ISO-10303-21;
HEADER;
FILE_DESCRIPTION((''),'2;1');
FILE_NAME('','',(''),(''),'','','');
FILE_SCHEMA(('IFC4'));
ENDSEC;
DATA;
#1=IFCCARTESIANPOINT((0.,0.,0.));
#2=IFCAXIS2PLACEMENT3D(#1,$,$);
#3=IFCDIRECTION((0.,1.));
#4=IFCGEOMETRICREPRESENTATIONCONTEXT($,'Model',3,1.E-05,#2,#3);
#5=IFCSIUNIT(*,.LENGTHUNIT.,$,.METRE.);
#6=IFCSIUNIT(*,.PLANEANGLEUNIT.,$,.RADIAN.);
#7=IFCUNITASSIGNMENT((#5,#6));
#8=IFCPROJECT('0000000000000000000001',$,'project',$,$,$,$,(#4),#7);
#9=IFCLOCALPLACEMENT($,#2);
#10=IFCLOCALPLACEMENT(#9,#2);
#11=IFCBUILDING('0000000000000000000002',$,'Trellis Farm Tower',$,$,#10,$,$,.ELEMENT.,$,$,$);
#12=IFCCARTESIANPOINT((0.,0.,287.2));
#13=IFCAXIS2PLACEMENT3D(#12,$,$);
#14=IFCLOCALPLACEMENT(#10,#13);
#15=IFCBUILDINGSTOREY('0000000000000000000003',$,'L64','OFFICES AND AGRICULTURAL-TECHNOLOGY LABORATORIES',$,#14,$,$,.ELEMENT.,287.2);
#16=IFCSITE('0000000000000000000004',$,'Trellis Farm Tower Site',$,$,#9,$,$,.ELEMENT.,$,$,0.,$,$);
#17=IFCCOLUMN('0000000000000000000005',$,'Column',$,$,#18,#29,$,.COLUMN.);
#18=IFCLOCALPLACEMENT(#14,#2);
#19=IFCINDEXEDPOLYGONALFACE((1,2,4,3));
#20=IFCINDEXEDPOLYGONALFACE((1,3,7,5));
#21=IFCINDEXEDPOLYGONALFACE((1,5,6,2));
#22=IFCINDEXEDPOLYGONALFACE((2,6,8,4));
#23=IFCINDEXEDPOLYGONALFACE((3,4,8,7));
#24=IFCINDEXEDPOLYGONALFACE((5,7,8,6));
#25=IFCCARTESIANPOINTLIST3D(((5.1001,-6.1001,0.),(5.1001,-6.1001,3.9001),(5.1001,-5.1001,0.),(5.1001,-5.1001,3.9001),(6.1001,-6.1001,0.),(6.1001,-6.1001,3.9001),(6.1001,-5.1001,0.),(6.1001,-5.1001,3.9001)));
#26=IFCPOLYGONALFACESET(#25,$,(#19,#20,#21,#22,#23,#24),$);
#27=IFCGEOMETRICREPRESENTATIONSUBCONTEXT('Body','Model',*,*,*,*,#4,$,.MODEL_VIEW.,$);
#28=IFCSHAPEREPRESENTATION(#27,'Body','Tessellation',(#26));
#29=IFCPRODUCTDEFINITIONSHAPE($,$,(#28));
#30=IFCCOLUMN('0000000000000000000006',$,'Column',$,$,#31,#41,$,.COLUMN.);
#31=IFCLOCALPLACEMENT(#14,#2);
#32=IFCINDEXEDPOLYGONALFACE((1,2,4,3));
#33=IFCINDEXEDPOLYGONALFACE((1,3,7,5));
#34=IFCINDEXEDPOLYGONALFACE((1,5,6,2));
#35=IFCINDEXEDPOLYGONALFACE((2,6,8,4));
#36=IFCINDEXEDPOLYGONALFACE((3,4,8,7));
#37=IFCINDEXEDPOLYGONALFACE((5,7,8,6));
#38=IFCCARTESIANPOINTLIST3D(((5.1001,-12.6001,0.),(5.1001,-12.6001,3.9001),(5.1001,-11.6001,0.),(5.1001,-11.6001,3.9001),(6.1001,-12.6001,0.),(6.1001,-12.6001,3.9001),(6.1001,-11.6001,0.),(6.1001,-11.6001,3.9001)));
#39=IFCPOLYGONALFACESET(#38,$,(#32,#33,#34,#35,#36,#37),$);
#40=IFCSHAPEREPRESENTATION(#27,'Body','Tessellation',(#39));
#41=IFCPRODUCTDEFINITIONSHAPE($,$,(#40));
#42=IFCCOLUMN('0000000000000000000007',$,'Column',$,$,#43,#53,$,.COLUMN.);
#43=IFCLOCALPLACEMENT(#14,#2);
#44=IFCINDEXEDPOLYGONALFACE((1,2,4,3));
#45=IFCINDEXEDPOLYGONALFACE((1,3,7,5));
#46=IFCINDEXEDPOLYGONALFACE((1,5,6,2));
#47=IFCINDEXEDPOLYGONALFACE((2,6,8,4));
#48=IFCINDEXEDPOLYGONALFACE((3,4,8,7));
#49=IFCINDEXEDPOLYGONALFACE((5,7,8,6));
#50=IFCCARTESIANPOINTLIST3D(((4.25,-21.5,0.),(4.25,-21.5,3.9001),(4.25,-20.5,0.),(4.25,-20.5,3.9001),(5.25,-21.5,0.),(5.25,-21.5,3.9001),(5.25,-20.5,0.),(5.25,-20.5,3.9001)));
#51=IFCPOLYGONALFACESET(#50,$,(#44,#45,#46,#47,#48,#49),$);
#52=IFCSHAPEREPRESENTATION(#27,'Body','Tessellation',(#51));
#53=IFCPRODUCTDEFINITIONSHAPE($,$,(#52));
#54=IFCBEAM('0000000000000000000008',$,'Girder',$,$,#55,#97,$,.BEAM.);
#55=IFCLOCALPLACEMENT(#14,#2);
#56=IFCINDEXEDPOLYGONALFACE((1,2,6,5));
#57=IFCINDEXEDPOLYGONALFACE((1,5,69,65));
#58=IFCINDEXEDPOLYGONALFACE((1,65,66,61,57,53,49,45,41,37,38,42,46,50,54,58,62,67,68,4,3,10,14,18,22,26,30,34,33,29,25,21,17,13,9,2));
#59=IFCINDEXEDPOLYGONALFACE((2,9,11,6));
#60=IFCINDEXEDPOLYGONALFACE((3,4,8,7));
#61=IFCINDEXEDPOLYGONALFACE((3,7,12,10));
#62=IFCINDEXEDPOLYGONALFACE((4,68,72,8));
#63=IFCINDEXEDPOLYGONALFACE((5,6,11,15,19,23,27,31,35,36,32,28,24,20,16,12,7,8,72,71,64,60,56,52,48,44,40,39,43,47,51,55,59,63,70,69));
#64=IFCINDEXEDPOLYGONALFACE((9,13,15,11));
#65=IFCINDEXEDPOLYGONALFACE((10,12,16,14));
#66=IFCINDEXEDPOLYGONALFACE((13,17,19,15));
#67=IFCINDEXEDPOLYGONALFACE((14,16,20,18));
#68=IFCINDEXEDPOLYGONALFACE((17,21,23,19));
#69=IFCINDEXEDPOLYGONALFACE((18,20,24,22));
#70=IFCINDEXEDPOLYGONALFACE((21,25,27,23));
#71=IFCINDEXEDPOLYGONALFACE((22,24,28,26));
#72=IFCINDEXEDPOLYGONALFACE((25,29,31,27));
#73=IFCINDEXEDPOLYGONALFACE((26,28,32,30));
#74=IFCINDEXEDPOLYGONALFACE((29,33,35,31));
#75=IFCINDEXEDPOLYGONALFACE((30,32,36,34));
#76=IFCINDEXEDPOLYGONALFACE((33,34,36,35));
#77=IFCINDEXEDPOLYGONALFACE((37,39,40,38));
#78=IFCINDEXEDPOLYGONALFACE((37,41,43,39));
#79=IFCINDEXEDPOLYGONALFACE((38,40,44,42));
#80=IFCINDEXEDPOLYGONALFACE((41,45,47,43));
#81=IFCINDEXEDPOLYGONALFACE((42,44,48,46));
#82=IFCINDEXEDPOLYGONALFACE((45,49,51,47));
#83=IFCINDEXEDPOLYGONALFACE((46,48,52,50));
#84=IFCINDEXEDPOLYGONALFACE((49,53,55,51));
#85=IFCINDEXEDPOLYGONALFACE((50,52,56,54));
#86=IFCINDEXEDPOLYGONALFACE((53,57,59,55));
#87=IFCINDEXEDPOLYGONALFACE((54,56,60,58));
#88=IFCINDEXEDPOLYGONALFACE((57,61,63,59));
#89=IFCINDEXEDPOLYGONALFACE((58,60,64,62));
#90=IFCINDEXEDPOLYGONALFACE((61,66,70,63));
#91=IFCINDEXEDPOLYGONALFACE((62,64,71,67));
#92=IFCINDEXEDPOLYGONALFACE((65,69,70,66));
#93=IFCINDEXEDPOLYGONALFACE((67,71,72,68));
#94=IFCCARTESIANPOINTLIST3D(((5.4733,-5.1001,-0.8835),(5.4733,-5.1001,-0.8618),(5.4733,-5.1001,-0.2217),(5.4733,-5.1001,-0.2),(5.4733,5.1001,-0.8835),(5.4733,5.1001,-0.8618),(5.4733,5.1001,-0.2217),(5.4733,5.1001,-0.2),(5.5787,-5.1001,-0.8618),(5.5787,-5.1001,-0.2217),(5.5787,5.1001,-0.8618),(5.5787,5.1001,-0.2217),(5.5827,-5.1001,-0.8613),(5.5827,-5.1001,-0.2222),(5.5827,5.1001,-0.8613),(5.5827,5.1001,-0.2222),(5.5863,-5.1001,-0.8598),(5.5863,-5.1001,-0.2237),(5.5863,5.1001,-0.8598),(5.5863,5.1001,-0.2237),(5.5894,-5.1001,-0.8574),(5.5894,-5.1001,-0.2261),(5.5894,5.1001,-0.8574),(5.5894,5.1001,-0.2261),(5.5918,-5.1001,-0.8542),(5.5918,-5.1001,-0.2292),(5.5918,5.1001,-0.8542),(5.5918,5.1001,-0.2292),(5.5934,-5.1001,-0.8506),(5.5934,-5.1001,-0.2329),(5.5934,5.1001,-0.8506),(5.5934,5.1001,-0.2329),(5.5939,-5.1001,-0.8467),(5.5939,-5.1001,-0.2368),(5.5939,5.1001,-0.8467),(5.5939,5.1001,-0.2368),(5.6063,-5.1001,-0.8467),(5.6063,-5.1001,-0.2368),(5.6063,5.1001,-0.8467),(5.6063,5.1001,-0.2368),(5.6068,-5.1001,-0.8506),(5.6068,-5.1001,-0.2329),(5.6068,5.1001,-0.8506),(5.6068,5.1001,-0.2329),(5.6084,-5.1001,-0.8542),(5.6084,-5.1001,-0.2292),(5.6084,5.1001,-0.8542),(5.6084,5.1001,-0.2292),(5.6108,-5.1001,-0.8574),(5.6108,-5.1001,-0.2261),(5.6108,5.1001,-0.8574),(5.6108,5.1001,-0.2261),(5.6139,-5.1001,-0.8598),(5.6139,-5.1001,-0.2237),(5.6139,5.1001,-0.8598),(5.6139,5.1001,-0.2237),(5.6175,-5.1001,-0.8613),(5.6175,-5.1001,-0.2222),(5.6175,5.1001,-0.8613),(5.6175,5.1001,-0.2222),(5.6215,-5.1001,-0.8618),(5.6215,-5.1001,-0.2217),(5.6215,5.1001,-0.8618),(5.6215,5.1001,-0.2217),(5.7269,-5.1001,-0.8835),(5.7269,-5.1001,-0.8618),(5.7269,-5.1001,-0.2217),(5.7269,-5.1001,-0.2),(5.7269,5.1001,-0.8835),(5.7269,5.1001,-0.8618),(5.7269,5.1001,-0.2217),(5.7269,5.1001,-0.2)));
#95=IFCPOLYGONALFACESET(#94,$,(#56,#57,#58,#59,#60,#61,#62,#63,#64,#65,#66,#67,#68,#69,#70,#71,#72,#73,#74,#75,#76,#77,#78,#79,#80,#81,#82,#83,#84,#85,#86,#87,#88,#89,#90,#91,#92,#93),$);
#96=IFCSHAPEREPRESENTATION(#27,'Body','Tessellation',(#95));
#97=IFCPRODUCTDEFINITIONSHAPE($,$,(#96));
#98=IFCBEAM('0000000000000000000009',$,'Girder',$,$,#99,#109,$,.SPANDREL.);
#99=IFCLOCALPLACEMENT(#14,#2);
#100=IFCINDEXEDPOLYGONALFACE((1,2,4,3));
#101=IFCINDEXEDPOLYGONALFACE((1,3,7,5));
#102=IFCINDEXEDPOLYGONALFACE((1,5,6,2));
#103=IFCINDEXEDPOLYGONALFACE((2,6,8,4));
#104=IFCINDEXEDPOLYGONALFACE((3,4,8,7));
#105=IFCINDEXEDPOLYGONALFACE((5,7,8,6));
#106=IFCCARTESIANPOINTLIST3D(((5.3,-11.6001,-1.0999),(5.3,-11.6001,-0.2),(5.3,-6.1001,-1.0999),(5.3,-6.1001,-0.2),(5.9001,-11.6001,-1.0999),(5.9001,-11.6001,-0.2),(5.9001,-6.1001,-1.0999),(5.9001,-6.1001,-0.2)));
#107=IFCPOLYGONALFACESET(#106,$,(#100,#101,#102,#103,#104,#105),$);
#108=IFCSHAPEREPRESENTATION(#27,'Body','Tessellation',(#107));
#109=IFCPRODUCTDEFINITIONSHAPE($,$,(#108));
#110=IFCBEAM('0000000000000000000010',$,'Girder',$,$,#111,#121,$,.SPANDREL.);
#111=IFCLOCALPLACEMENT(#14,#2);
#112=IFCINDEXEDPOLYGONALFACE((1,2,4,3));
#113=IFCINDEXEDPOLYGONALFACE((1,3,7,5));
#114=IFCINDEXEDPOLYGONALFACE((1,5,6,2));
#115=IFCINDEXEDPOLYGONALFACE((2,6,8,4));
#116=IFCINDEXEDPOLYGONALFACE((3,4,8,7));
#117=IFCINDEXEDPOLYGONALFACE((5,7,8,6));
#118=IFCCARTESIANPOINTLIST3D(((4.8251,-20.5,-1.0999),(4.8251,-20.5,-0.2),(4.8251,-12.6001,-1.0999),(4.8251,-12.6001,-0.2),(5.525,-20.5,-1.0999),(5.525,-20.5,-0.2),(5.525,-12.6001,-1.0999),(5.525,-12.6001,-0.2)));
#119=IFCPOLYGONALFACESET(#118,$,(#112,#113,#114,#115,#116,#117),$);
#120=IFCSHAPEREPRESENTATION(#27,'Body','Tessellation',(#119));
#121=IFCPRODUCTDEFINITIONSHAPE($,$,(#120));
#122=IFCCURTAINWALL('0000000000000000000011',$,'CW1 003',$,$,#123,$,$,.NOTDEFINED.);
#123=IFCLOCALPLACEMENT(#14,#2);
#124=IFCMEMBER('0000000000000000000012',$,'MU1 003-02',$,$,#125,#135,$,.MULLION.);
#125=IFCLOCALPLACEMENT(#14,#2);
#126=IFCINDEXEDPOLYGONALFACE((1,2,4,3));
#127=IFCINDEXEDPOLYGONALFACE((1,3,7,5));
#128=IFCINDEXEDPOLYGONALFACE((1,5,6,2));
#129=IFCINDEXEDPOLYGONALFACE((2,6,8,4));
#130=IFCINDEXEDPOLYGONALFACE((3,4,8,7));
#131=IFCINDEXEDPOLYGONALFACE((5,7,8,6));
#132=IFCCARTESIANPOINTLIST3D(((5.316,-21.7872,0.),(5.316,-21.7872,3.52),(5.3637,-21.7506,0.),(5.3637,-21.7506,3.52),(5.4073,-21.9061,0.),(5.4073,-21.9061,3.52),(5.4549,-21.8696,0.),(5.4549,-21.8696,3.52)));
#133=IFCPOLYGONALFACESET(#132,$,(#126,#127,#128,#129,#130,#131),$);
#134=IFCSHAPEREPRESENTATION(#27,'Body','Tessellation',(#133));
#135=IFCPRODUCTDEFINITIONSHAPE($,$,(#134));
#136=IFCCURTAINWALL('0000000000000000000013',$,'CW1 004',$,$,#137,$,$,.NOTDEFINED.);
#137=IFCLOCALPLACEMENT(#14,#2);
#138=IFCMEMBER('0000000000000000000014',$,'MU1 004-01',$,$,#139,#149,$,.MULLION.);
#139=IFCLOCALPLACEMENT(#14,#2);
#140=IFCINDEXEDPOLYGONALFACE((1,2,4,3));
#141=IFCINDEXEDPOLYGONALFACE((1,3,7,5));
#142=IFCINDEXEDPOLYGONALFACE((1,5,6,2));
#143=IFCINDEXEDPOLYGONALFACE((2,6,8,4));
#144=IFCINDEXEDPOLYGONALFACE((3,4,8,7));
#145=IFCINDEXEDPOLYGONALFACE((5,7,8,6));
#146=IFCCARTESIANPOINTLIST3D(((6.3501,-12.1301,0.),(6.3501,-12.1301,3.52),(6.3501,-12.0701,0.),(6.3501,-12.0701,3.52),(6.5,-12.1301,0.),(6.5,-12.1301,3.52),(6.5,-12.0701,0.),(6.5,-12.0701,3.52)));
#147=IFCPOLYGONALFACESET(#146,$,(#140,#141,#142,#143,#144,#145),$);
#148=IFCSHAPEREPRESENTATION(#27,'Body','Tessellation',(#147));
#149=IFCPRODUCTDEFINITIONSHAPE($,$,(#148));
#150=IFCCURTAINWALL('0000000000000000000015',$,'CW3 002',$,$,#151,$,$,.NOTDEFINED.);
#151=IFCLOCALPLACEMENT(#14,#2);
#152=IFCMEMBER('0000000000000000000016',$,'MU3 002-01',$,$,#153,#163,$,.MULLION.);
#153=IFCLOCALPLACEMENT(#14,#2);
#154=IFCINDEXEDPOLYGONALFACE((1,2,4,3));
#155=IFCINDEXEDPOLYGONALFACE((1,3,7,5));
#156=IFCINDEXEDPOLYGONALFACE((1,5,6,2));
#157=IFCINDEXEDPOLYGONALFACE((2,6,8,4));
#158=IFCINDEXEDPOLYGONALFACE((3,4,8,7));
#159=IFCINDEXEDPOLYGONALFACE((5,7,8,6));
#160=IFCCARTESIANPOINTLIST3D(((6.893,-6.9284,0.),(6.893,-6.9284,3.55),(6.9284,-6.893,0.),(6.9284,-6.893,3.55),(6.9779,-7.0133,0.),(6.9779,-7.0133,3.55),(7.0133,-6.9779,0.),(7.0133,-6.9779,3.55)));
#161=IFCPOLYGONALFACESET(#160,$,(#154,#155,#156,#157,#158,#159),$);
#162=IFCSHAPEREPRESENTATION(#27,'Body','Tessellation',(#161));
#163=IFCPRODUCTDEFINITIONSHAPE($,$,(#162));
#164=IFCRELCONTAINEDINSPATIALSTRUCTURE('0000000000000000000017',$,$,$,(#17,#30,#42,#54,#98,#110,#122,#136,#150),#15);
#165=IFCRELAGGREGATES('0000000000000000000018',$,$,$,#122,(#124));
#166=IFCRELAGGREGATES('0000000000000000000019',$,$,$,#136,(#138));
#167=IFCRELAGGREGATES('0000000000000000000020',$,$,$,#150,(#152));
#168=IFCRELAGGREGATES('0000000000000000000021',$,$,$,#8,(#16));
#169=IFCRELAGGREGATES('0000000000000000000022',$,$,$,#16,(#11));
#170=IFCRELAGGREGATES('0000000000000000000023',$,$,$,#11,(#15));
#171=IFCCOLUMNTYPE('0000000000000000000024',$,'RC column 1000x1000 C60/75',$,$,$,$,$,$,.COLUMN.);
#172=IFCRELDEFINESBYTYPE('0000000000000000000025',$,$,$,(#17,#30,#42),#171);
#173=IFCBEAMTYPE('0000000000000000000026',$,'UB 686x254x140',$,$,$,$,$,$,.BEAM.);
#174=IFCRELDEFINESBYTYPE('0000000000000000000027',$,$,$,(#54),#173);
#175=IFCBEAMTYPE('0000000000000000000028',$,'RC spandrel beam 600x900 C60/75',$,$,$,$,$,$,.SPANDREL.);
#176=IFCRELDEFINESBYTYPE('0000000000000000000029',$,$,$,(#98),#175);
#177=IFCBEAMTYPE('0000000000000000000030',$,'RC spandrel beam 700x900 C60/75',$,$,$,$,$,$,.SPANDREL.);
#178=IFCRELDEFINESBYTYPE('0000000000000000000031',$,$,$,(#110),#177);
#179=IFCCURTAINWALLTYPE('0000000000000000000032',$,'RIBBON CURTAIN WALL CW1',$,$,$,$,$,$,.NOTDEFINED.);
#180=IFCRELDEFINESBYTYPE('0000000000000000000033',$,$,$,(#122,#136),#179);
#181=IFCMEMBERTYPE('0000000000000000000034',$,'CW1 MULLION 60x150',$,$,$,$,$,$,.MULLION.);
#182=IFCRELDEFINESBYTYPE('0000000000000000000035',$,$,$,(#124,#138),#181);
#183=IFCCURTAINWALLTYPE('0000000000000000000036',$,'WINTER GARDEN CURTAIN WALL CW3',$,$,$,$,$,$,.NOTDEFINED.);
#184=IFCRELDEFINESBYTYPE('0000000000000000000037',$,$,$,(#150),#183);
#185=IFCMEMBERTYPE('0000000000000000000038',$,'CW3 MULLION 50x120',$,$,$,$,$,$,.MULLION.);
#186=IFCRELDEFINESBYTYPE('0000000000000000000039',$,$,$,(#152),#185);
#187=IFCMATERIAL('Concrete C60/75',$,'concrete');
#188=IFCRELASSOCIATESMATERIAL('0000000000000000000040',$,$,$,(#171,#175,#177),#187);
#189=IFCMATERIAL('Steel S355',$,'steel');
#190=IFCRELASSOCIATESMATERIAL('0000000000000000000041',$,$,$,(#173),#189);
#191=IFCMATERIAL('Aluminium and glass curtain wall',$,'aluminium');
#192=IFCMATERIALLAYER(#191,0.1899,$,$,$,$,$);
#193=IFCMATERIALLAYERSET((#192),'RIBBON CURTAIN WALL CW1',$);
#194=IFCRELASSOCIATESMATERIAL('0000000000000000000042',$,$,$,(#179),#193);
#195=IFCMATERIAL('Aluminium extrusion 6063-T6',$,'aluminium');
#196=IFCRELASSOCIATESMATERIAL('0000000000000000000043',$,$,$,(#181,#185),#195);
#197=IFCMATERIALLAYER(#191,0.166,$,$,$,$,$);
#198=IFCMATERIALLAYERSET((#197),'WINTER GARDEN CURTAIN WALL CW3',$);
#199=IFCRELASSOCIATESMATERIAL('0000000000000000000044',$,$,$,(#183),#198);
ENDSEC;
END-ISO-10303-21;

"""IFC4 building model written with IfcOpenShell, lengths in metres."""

from ifc_helpers import new_model, si_unit, direction, frame, origin, origin_2d, place, context, subcontext, project, spatial, rectangle, i_section, extrude, source, transform, mapped, material, layer, layer_set, material_profile, profile_set, type_object, element, aggregate, save


model = new_model("IFC4")

# Units and contexts
model_context = context("Model", 3, precision=1e-05, world=origin(), true_north=direction((0.0, 1.0)))
body_context = subcontext(model_context, "Body", "Model", "MODEL_VIEW")
ifc_project = project(units=[si_unit("LENGTHUNIT", "METRE"), si_unit("PLANEANGLEUNIT", "RADIAN")], contexts=[model_context])

# Site, building, storey
site_placement = place(None, origin())
site = spatial("IfcSite", under=ifc_project, at=site_placement, Name="Trellis Farm Tower Site", CompositionType="ELEMENT", RefElevation=0.0)
building_placement = place(site_placement, origin())
building = spatial("IfcBuilding", under=site, at=building_placement, Name="Trellis Farm Tower", CompositionType="ELEMENT")
storey_placement = place(building_placement, frame((0.0, 0.0, 287.2)))
storey = spatial("IfcBuildingStorey", under=building, at=storey_placement, Name="L64", Description="OFFICES AND AGRICULTURAL-TECHNOLOGY LABORATORIES", CompositionType="ELEMENT", Elevation=287.2)

# Columns
ifc_material_1 = material(Name="Concrete C60/75", Category="concrete")
ifc_material_profile_1 = material_profile(ifc_material_1, rectangle(XDim=1.0, YDim=1.0, at=origin_2d()), Name="RC column 1000x1000 C60/75")
ifc_profile_set_1 = profile_set([ifc_material_profile_1], Name="Concrete C60/75")
column_type = type_object("IfcColumnType", Name="RC column 1000x1000 C60/75", PredefinedType="COLUMN", material=ifc_profile_set_1)
shared_shape_1 = source(origin(), body_context, "Body", "SweptSolid", [
    extrude(rectangle(XDim=1.0, YDim=1.0, at=origin_2d()), origin(), (0.0, 0.0, 1.0), 3.9001),
])
for number, where, z_axis, x_axis, name in (
    (1, (5.6001, -5.6001, 0.0), (0.0, 0.0, 1.0), (1.0, 0.0, 0.0), "Column"),
    (2, (5.6001, -12.1001, 0.0), (0.0, 0.0, 1.0), (1.0, 0.0, 0.0), "Column"),
    (3, (4.75, -21.0, 0.0), (0.0, 0.0, 1.0), (1.0, 0.0, 0.0), "Column"),
):
    element("IfcColumn", number, at=place(storey_placement, frame(where, z_axis=z_axis, x_axis=x_axis)), inside=storey, type_object=column_type, Name=name, PredefinedType="COLUMN", context=body_context, shape_type="MappedRepresentation", body=[
        mapped(shared_shape_1, transform((0.0, 0.0, 0.0))),
    ])

# Beams
ifc_material_2 = material(Name="Steel S355", Category="steel")
ifc_material_profile_2 = material_profile(ifc_material_2, i_section(OverallWidth=0.2537, OverallDepth=0.6836, WebThickness=0.0125, FlangeThickness=0.0217, FilletRadius=0.0151, at=origin_2d()), Name="UB 686x254x140")
ifc_profile_set_2 = profile_set([ifc_material_profile_2], Name="Steel S355")
beam_type_1 = type_object("IfcBeamType", Name="UB 686x254x140", PredefinedType="BEAM", material=ifc_profile_set_2)
shared_shape_2 = source(origin(), body_context, "Body", "SweptSolid", [
    extrude(i_section(OverallWidth=0.2537, OverallDepth=0.6836, WebThickness=0.0125, FlangeThickness=0.0217, FilletRadius=0.0151, at=origin_2d()), origin(), (0.0, 0.0, 1.0), 10.2002),
])
beam_1_placement = place(storey_placement, frame((5.6001, -5.1001, -0.5417), z_axis=(0.0, 1.0, 0.0), x_axis=(-1.0, 0.0, 0.0)))
element("IfcBeam", 4, at=beam_1_placement, inside=storey, type_object=beam_type_1, Name="Girder", PredefinedType="BEAM", context=body_context, shape_type="MappedRepresentation", body=[
    mapped(shared_shape_2, transform((0.0, 0.0, 0.0))),
])
ifc_material_profile_3 = material_profile(ifc_material_1, rectangle(XDim=0.6001, YDim=0.8999, at=origin_2d()), Name="RC spandrel beam 600x900 C60/75")
ifc_profile_set_3 = profile_set([ifc_material_profile_3], Name="Concrete C60/75")
beam_type_2 = type_object("IfcBeamType", Name="RC spandrel beam 600x900 C60/75", PredefinedType="SPANDREL", material=ifc_profile_set_3)
shared_shape_3 = source(origin(), body_context, "Body", "SweptSolid", [
    extrude(rectangle(XDim=0.6001, YDim=0.8999, at=origin_2d()), origin(), (0.0, 0.0, 1.0), 5.5),
])
beam_2_placement = place(storey_placement, frame((5.6001, -11.6001, -0.6499), z_axis=(0.0, 1.0, 0.0), x_axis=(-1.0, 0.0, 0.0)))
element("IfcBeam", 5, at=beam_2_placement, inside=storey, type_object=beam_type_2, Name="Girder", PredefinedType="SPANDREL", context=body_context, shape_type="MappedRepresentation", body=[
    mapped(shared_shape_3, transform((0.0, 0.0, 0.0))),
])
ifc_material_profile_4 = material_profile(ifc_material_1, rectangle(XDim=0.7, YDim=0.8999, at=origin_2d()), Name="RC spandrel beam 700x900 C60/75")
ifc_profile_set_4 = profile_set([ifc_material_profile_4], Name="Concrete C60/75")
beam_type_3 = type_object("IfcBeamType", Name="RC spandrel beam 700x900 C60/75", PredefinedType="SPANDREL", material=ifc_profile_set_4)
shared_shape_4 = source(origin(), body_context, "Body", "SweptSolid", [
    extrude(rectangle(XDim=0.7, YDim=0.8999, at=origin_2d()), origin(), (0.0, 0.0, 1.0), 7.8999),
])
beam_3_placement = place(storey_placement, frame((5.175, -20.5, -0.6499), z_axis=(0.0, 1.0, 0.0), x_axis=(-1.0, 0.0, 0.0)))
element("IfcBeam", 6, at=beam_3_placement, inside=storey, type_object=beam_type_3, Name="Girder", PredefinedType="SPANDREL", context=body_context, shape_type="MappedRepresentation", body=[
    mapped(shared_shape_4, transform((0.0, 0.0, 0.0))),
])

# Curtain walls, members
ifc_material_3 = material(Name="Aluminium and glass curtain wall", Category="aluminium")
ifc_layer_1 = layer(ifc_material_3, 0.1899)
ifc_layer_set_1 = layer_set([ifc_layer_1], Name="RIBBON CURTAIN WALL CW1")
curtain_wall_type_1 = type_object("IfcCurtainWallType", Name="RIBBON CURTAIN WALL CW1", PredefinedType="NOTDEFINED", material=ifc_layer_set_1)
placement = place(storey_placement, origin())
curtain_wall_1 = element("IfcCurtainWall", 7, at=placement, inside=storey, type_object=curtain_wall_type_1, Name="CW1 003", PredefinedType="NOTDEFINED")
ifc_material_4 = material(Name="Aluminium extrusion 6063-T6", Category="aluminium")
ifc_material_profile_5 = material_profile(ifc_material_4, rectangle(XDim=0.0601, YDim=0.1499, at=origin_2d()), Name="MULLION 60x150")
ifc_profile_set_5 = profile_set([ifc_material_profile_5], Name="Aluminium extrusion 6063-T6")
member_type_1 = type_object("IfcMemberType", Name="CW1 MULLION 60x150", PredefinedType="MULLION", material=ifc_profile_set_5)
shared_shape_5 = source(origin(), body_context, "Body", "SweptSolid", [
    extrude(rectangle(XDim=0.0601, YDim=0.1499, at=origin_2d()), origin(), (0.0, 0.0, 1.0), 3.52),
])
member_1_placement = place(storey_placement, frame((5.3855, -21.8284, 0.0), z_axis=(0.0, 0.0, 1.0), x_axis=(0.793353, 0.608761, 0.0)))
member_1 = element("IfcMember", 8, at=member_1_placement, type_object=member_type_1, Name="MU1 003-02", PredefinedType="MULLION", context=body_context, shape_type="MappedRepresentation", body=[
    mapped(shared_shape_5, transform((0.0, 0.0, 0.0))),
])
aggregate(curtain_wall_1, [member_1])
curtain_wall_2 = element("IfcCurtainWall", 9, at=placement, inside=storey, type_object=curtain_wall_type_1, Name="CW1 004", PredefinedType="NOTDEFINED")
member_2_placement = place(storey_placement, frame((6.425, -12.1001, 0.0), z_axis=(0.0, 0.0, 1.0), x_axis=(0.0, 1.0, 0.0)))
member_2 = element("IfcMember", 10, at=member_2_placement, type_object=member_type_1, Name="MU1 004-01", PredefinedType="MULLION", context=body_context, shape_type="MappedRepresentation", body=[
    mapped(shared_shape_5, transform((0.0, 0.0, 0.0))),
])
aggregate(curtain_wall_2, [member_2])
ifc_layer_2 = layer(ifc_material_3, 0.166)
ifc_layer_set_2 = layer_set([ifc_layer_2], Name="WINTER GARDEN CURTAIN WALL CW3")
curtain_wall_type_2 = type_object("IfcCurtainWallType", Name="WINTER GARDEN CURTAIN WALL CW3", PredefinedType="NOTDEFINED", material=ifc_layer_set_2)
curtain_wall_3 = element("IfcCurtainWall", 11, at=placement, inside=storey, type_object=curtain_wall_type_2, Name="CW3 002", PredefinedType="NOTDEFINED")
ifc_material_profile_6 = material_profile(ifc_material_4, rectangle(XDim=0.05, YDim=0.1201, at=origin_2d()), Name="MULLION 50x120")
ifc_profile_set_6 = profile_set([ifc_material_profile_6], Name="Aluminium extrusion 6063-T6")
member_type_2 = type_object("IfcMemberType", Name="CW3 MULLION 50x120", PredefinedType="MULLION", material=ifc_profile_set_6)
shared_shape_6 = source(origin(), body_context, "Body", "SweptSolid", [
    extrude(rectangle(XDim=0.05, YDim=0.1201, at=origin_2d()), origin(), (0.0, 0.0, 1.0), 3.55),
])
member_3_placement = place(storey_placement, frame((6.9531, -6.9531, 0.0), z_axis=(0.0, 0.0, 1.0), x_axis=(0.707107, 0.707107, 0.0)))
member_3 = element("IfcMember", 12, at=member_3_placement, type_object=member_type_2, Name="MU3 002-01", PredefinedType="MULLION", context=body_context, shape_type="MappedRepresentation", body=[
    mapped(shared_shape_6, transform((0.0, 0.0, 0.0))),
])
aggregate(curtain_wall_3, [member_3])

save(model, "model.ifc")
